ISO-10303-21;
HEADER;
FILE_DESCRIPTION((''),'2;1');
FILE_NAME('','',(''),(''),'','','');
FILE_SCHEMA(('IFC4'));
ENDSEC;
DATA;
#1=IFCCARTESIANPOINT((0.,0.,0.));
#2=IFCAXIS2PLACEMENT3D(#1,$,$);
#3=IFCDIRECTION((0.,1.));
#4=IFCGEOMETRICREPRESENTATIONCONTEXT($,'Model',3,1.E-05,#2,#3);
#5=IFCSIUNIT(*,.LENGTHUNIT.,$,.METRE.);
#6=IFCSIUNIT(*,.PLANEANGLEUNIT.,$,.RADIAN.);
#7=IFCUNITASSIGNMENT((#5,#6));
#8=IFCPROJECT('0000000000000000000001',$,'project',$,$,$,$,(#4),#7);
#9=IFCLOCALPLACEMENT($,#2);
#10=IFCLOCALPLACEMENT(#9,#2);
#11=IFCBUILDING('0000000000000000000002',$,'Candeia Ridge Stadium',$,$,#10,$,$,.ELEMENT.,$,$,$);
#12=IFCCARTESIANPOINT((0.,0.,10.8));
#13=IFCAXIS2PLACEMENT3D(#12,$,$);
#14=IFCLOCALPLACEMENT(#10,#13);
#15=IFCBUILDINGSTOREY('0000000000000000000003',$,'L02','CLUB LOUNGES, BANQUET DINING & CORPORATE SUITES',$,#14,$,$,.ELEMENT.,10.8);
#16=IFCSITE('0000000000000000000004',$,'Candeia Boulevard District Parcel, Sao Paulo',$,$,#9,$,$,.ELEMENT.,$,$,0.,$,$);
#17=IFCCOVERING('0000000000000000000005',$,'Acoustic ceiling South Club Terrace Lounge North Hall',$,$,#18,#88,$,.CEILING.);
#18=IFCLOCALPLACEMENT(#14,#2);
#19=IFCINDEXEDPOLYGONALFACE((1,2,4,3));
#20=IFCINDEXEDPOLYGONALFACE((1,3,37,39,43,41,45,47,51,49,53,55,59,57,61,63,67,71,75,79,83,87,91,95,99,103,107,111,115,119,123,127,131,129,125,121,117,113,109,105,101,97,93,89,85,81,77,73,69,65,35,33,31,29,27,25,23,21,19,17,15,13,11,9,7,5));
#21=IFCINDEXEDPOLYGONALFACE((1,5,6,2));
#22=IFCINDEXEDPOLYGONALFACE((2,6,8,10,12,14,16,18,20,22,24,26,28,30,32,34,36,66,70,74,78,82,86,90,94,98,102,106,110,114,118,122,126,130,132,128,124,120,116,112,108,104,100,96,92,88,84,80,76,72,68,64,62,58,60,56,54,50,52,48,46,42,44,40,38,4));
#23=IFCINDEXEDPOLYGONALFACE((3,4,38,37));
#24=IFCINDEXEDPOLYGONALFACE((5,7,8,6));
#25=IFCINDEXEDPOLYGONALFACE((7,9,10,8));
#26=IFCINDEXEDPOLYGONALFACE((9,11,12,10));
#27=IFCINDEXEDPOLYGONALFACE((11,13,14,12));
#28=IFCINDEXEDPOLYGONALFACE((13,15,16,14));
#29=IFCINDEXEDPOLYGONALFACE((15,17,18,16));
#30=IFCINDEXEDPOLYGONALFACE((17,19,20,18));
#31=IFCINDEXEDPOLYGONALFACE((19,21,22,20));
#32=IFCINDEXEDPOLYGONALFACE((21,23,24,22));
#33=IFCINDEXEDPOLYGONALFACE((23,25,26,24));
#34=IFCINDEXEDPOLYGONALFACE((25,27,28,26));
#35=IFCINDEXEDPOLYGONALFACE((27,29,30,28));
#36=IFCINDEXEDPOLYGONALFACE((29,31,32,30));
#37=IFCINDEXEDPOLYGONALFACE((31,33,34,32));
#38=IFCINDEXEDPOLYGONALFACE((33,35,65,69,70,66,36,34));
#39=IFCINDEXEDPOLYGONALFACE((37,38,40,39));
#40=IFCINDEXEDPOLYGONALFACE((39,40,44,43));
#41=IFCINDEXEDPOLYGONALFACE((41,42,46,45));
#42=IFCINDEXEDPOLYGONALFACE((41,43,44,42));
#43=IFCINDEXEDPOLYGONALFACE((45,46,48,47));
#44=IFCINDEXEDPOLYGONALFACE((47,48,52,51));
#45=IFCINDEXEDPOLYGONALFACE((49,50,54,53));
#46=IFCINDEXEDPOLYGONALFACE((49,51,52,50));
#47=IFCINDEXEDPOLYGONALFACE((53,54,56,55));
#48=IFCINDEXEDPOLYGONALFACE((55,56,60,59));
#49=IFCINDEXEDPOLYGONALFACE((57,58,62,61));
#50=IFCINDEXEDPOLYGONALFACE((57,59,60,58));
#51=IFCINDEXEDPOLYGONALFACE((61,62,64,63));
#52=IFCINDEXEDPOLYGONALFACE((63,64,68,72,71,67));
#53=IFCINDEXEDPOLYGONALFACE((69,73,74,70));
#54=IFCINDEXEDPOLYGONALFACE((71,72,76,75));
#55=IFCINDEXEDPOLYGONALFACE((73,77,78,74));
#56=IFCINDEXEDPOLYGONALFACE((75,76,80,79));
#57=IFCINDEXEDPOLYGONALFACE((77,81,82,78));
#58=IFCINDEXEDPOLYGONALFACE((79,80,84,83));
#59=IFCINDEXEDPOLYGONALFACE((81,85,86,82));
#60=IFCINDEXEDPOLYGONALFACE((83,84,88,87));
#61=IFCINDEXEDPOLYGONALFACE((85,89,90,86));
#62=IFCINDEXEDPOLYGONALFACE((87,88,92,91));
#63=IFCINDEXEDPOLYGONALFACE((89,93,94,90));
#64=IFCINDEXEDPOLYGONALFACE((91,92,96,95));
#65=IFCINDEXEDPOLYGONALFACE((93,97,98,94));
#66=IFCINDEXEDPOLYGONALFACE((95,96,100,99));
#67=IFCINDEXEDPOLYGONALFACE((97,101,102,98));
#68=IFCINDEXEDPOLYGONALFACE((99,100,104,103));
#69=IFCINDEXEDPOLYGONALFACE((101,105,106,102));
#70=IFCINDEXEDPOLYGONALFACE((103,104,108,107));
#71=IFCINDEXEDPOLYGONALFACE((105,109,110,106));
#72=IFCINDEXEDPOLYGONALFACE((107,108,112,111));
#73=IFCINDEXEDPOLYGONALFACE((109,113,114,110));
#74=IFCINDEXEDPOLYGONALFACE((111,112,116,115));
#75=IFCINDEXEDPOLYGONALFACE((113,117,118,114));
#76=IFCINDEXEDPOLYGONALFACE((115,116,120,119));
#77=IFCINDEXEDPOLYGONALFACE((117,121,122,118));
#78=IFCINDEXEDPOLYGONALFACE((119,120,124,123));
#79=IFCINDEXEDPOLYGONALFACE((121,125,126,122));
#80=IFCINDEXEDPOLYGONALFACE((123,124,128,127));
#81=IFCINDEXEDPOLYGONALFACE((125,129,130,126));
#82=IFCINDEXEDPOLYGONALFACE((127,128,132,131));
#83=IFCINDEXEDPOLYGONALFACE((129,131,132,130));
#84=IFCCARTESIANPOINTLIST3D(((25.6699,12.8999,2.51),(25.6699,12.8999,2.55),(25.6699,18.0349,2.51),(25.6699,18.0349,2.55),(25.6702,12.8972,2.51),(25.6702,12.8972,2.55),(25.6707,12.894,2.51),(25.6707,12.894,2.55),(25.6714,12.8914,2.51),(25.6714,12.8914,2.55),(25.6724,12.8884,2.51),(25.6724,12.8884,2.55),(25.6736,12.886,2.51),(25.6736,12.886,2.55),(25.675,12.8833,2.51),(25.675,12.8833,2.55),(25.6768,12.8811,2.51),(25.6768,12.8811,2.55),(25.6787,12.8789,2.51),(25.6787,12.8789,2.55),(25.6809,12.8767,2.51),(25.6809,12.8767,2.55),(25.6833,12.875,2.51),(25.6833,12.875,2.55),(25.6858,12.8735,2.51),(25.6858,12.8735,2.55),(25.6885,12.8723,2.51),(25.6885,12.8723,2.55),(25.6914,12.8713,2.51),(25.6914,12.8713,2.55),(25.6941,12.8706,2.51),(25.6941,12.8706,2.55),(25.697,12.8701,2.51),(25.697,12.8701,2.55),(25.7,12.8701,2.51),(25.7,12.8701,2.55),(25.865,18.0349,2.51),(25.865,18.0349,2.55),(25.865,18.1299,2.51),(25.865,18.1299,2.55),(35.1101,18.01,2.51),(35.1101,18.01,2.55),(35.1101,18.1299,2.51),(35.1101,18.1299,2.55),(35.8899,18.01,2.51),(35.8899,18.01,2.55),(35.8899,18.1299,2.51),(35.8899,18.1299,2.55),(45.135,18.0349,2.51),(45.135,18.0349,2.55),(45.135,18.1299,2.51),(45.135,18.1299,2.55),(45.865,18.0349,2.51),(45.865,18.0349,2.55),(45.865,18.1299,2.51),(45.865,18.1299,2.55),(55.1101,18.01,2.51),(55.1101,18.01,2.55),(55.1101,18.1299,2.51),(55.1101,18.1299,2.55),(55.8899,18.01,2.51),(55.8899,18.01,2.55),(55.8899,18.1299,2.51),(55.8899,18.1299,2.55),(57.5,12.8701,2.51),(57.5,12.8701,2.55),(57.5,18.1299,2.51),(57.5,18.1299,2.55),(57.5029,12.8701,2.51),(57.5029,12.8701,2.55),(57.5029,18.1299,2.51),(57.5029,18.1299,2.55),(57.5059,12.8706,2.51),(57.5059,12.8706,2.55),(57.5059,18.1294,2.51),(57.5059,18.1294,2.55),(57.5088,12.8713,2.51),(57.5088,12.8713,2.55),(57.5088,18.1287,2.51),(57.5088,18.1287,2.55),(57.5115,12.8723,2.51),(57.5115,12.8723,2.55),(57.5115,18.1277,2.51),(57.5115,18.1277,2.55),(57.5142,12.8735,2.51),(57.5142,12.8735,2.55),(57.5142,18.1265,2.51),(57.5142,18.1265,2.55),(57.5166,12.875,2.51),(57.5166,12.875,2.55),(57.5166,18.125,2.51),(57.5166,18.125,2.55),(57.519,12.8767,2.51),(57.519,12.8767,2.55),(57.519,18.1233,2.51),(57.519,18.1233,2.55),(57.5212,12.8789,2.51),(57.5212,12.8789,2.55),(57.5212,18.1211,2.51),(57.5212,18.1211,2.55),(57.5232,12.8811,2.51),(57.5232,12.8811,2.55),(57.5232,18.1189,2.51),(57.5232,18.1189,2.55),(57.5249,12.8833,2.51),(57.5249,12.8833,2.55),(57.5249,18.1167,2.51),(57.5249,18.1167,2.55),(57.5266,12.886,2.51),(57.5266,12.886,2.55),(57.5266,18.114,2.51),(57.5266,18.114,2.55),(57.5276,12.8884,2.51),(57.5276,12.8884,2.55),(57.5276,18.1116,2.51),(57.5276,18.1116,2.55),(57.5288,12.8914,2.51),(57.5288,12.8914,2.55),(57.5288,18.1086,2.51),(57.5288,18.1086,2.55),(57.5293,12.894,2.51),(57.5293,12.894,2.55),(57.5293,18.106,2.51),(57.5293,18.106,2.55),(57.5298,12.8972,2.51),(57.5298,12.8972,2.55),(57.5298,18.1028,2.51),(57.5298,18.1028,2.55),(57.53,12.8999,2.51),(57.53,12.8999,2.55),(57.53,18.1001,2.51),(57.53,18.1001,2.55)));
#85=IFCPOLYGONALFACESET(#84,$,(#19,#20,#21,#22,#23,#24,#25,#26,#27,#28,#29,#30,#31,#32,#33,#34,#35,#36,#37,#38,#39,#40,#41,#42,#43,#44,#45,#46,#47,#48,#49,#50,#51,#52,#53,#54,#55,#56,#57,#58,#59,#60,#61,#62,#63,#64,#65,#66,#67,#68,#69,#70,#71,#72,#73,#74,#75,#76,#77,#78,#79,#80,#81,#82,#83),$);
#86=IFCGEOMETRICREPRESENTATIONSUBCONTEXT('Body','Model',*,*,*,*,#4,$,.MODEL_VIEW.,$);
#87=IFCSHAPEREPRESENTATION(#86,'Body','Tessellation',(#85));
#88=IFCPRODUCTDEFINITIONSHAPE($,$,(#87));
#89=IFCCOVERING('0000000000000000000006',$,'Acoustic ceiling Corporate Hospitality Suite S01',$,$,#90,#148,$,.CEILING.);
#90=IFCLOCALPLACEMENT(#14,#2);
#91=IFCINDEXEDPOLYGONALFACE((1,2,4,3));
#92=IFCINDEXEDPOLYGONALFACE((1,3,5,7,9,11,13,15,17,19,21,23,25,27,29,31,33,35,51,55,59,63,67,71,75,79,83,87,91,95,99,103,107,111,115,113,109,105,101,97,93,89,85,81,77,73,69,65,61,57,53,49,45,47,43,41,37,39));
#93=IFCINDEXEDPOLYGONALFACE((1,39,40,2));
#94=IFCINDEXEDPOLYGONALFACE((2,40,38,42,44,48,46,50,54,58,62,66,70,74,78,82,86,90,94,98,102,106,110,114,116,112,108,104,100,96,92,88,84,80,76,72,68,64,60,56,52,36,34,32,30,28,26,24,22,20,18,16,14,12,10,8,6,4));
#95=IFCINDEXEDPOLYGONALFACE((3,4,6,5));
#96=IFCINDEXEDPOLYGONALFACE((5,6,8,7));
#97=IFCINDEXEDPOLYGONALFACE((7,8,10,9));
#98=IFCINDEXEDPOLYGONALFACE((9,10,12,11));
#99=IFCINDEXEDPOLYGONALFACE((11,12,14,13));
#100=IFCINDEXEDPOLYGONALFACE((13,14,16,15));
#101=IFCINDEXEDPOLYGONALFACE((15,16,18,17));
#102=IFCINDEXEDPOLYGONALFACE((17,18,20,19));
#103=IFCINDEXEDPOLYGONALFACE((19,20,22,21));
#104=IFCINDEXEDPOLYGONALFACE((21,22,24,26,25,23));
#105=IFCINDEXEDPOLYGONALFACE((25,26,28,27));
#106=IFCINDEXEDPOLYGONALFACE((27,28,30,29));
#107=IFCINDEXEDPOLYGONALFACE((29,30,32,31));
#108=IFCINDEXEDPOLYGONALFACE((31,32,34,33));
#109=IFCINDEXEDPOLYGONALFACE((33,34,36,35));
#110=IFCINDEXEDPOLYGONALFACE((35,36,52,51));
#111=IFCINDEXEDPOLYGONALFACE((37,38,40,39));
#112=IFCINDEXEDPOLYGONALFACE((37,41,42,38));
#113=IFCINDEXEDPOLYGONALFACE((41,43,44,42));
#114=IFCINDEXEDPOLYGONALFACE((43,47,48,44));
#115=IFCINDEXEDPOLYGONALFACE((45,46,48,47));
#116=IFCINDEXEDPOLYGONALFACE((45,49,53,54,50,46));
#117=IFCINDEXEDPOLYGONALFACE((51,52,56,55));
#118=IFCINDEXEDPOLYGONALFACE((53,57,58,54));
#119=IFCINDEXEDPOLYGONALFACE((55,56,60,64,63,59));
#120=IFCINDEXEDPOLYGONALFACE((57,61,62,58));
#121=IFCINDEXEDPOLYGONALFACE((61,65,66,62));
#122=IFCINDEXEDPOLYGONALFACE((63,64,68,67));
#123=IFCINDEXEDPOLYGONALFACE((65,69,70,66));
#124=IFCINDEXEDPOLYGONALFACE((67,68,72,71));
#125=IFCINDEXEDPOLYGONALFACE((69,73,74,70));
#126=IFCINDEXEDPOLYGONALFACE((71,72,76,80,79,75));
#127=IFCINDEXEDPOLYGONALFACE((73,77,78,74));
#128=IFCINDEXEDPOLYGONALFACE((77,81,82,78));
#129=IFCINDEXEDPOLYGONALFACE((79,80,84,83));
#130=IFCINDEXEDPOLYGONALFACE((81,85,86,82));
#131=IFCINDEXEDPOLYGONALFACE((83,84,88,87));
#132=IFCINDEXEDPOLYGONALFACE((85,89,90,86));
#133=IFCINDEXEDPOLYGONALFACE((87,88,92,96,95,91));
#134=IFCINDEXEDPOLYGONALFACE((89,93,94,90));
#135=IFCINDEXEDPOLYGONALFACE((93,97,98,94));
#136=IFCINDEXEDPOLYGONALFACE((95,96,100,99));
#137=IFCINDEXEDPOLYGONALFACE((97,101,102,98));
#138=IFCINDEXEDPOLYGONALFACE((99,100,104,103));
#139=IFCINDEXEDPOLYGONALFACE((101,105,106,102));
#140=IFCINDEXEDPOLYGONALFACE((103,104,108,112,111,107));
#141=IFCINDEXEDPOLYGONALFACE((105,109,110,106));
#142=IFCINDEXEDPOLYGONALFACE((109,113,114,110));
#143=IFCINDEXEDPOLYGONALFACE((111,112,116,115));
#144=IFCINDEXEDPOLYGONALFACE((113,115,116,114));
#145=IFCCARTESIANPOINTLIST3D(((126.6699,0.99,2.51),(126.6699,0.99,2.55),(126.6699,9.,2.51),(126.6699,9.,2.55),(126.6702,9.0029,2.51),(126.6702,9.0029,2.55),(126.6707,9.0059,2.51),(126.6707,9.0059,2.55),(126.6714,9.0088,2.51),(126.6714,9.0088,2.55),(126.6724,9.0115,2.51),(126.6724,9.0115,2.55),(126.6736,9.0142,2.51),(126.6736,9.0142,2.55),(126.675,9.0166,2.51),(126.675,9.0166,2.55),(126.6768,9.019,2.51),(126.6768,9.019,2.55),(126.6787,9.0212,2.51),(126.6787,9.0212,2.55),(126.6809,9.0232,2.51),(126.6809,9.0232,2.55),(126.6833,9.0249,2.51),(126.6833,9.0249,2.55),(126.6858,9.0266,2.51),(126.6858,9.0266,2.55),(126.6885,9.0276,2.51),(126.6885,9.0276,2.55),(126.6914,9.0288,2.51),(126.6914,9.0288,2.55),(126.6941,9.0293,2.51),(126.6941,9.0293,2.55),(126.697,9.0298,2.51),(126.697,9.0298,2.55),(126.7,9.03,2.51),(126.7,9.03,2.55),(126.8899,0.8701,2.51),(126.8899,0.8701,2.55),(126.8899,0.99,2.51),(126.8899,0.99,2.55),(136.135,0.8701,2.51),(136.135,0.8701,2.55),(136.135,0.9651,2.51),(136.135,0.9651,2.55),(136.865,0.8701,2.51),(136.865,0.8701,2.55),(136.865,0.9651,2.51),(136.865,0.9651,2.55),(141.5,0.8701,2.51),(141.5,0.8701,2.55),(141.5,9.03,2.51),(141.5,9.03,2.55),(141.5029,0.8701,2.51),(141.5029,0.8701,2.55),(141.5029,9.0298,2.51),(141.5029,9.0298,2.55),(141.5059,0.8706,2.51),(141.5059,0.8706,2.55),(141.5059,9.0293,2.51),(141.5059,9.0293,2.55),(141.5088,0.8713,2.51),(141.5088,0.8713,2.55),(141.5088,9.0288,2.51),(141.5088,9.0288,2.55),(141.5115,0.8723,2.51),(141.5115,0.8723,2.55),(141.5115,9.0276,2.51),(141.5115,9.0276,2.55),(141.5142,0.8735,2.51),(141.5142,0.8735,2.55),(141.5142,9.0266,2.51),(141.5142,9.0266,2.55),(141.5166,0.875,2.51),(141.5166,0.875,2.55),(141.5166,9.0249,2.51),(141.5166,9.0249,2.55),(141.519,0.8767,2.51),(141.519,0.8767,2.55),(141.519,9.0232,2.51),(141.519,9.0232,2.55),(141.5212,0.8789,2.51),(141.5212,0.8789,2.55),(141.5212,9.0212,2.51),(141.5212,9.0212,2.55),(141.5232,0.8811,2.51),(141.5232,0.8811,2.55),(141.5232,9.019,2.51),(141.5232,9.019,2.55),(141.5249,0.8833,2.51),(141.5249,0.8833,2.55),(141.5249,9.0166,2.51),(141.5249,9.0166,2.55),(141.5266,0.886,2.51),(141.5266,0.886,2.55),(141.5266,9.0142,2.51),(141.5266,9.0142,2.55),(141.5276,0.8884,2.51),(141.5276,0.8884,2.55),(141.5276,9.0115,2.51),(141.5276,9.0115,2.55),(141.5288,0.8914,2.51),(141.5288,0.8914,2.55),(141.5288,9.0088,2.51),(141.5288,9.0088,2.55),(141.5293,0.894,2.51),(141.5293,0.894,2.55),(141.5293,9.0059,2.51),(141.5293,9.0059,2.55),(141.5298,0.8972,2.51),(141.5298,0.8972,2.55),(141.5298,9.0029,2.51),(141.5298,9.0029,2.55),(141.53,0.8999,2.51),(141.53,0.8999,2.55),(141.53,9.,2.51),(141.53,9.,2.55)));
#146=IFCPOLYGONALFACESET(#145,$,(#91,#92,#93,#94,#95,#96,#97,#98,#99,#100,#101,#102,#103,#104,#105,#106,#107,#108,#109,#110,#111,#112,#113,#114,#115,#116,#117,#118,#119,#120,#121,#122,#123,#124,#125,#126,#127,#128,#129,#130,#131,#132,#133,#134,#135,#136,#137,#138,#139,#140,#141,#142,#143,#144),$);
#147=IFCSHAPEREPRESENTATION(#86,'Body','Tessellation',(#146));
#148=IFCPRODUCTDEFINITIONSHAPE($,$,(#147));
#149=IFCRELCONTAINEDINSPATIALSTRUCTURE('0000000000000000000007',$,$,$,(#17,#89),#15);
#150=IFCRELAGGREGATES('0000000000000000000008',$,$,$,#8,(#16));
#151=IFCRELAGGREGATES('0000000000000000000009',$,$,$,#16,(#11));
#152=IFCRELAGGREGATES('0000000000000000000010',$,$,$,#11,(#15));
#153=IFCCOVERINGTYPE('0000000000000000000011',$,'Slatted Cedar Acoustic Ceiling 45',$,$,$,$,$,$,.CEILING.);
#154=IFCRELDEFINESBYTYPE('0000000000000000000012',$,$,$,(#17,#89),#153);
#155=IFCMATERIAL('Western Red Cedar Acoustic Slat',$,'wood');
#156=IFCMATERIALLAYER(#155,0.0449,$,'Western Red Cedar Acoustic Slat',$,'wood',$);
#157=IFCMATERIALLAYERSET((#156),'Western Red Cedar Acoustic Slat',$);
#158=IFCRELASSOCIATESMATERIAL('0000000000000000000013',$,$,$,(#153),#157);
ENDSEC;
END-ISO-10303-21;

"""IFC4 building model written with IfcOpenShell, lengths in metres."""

from ifc_helpers import new_model, si_unit, direction, frame, origin, place, context, subcontext, project, spatial, polyline, outline, extrude, material, layer, layer_set, type_object, element, save


model = new_model("IFC4")

# Units and contexts
model_context = context("Model", 3, precision=1e-05, world=origin(), true_north=direction((0.0, 1.0)))
body_context = subcontext(model_context, "Body", "Model", "MODEL_VIEW")
ifc_project = project(units=[si_unit("LENGTHUNIT", "METRE"), si_unit("PLANEANGLEUNIT", "RADIAN")], contexts=[model_context])

# Site, building, storey
site_placement = place(None, origin())
site = spatial("IfcSite", under=ifc_project, at=site_placement, Name="Candeia Boulevard District Parcel, Sao Paulo", CompositionType="ELEMENT", RefElevation=0.0)
building_placement = place(site_placement, origin())
building = spatial("IfcBuilding", under=site, at=building_placement, Name="Candeia Ridge Stadium", CompositionType="ELEMENT")
storey_placement = place(building_placement, frame((0.0, 0.0, 10.8)))
storey = spatial("IfcBuildingStorey", under=building, at=storey_placement, Name="L02", Description="CLUB LOUNGES, BANQUET DINING & CORPORATE SUITES", CompositionType="ELEMENT", Elevation=10.8)

# Coverings
ifc_material_1 = material(Name="Western Red Cedar Acoustic Slat", Category="wood")
ifc_layer_1 = layer(ifc_material_1, 0.0449, Name="Western Red Cedar Acoustic Slat", Category="wood")
ifc_layer_set_1 = layer_set([ifc_layer_1], Name="Western Red Cedar Acoustic Slat")
covering_type_1 = type_object("IfcCoveringType", Name="Slatted Cedar Acoustic Ceiling 45", PredefinedType="CEILING", material=ifc_layer_set_1)
covering_1_placement = place(storey_placement, frame((0.0, 0.0, 2.51)))
element("IfcCovering", 1, at=covering_1_placement, inside=storey, type_object=covering_type_1, Name="Acoustic ceiling South Club Terrace Lounge North Hall", PredefinedType="CEILING", context=body_context, shape_type="SweptSolid", body=[
    extrude(outline(polyline([(25.6941, 12.8706), (25.6914, 12.8713), (25.6885, 12.8723), (25.6858, 12.8735), (25.6833, 12.875), (25.6809, 12.8767), (25.6787, 12.8789), (25.6768, 12.8811), (25.675, 12.8833), (25.6736, 12.886), (25.6724, 12.8884), (25.6714, 12.8914), (25.6707, 12.894), (25.6702, 12.8972), (25.6699, 12.8999), (25.6699, 18.0349), (25.865, 18.0349), (25.865, 18.1299), (35.1101, 18.1299), (35.1101, 18.01), (35.8899, 18.01), (35.8899, 18.1299), (45.135, 18.1299), (45.135, 18.0349), (45.865, 18.0349), (45.865, 18.1299), (55.1101, 18.1299), (55.1101, 18.01), (55.8899, 18.01), (55.8899, 18.1299), (57.5, 18.1299), (57.5029, 18.1299), (57.5059, 18.1294), (57.5088, 18.1287), (57.5115, 18.1277), (57.5142, 18.1265), (57.5166, 18.125), (57.519, 18.1233), (57.5212, 18.1211), (57.5232, 18.1189), (57.5249, 18.1167), (57.5266, 18.114), (57.5276, 18.1116), (57.5288, 18.1086), (57.5293, 18.106), (57.5298, 18.1028), (57.53, 18.1001), (57.53, 12.8999), (57.5298, 12.8972), (57.5293, 12.894), (57.5288, 12.8914), (57.5276, 12.8884), (57.5266, 12.886), (57.5249, 12.8833), (57.5232, 12.8811), (57.5212, 12.8789), (57.519, 12.8767), (57.5166, 12.875), (57.5142, 12.8735), (57.5115, 12.8723), (57.5088, 12.8713), (57.5059, 12.8706), (57.5029, 12.8701), (57.5, 12.8701), (25.7, 12.8701), (25.697, 12.8701), (25.6941, 12.8706)])), origin(), (0.0, 0.0, 1.0), 0.04),
])
covering_2_placement = place(storey_placement, frame((0.0, 0.0, 2.51)))
element("IfcCovering", 2, at=covering_2_placement, inside=storey, type_object=covering_type_1, Name="Acoustic ceiling Corporate Hospitality Suite S01", PredefinedType="CEILING", context=body_context, shape_type="SweptSolid", body=[
    extrude(outline(polyline([(126.6702, 9.0029), (126.6707, 9.0059), (126.6714, 9.0088), (126.6724, 9.0115), (126.6736, 9.0142), (126.675, 9.0166), (126.6768, 9.019), (126.6787, 9.0212), (126.6809, 9.0232), (126.6833, 9.0249), (126.6858, 9.0266), (126.6885, 9.0276), (126.6914, 9.0288), (126.6941, 9.0293), (126.697, 9.0298), (126.7, 9.03), (141.5, 9.03), (141.5029, 9.0298), (141.5059, 9.0293), (141.5088, 9.0288), (141.5115, 9.0276), (141.5142, 9.0266), (141.5166, 9.0249), (141.519, 9.0232), (141.5212, 9.0212), (141.5232, 9.019), (141.5249, 9.0166), (141.5266, 9.0142), (141.5276, 9.0115), (141.5288, 9.0088), (141.5293, 9.0059), (141.5298, 9.0029), (141.53, 9.0), (141.53, 0.8999), (141.5298, 0.8972), (141.5293, 0.894), (141.5288, 0.8914), (141.5276, 0.8884), (141.5266, 0.886), (141.5249, 0.8833), (141.5232, 0.8811), (141.5212, 0.8789), (141.519, 0.8767), (141.5166, 0.875), (141.5142, 0.8735), (141.5115, 0.8723), (141.5088, 0.8713), (141.5059, 0.8706), (141.5029, 0.8701), (141.5, 0.8701), (136.865, 0.8701), (136.865, 0.9651), (136.135, 0.9651), (136.135, 0.8701), (126.8899, 0.8701), (126.8899, 0.99), (126.6699, 0.99), (126.6699, 9.0), (126.6702, 9.0029)])), origin(), (0.0, 0.0, 1.0), 0.04),
])

save(model, "model.ifc")
